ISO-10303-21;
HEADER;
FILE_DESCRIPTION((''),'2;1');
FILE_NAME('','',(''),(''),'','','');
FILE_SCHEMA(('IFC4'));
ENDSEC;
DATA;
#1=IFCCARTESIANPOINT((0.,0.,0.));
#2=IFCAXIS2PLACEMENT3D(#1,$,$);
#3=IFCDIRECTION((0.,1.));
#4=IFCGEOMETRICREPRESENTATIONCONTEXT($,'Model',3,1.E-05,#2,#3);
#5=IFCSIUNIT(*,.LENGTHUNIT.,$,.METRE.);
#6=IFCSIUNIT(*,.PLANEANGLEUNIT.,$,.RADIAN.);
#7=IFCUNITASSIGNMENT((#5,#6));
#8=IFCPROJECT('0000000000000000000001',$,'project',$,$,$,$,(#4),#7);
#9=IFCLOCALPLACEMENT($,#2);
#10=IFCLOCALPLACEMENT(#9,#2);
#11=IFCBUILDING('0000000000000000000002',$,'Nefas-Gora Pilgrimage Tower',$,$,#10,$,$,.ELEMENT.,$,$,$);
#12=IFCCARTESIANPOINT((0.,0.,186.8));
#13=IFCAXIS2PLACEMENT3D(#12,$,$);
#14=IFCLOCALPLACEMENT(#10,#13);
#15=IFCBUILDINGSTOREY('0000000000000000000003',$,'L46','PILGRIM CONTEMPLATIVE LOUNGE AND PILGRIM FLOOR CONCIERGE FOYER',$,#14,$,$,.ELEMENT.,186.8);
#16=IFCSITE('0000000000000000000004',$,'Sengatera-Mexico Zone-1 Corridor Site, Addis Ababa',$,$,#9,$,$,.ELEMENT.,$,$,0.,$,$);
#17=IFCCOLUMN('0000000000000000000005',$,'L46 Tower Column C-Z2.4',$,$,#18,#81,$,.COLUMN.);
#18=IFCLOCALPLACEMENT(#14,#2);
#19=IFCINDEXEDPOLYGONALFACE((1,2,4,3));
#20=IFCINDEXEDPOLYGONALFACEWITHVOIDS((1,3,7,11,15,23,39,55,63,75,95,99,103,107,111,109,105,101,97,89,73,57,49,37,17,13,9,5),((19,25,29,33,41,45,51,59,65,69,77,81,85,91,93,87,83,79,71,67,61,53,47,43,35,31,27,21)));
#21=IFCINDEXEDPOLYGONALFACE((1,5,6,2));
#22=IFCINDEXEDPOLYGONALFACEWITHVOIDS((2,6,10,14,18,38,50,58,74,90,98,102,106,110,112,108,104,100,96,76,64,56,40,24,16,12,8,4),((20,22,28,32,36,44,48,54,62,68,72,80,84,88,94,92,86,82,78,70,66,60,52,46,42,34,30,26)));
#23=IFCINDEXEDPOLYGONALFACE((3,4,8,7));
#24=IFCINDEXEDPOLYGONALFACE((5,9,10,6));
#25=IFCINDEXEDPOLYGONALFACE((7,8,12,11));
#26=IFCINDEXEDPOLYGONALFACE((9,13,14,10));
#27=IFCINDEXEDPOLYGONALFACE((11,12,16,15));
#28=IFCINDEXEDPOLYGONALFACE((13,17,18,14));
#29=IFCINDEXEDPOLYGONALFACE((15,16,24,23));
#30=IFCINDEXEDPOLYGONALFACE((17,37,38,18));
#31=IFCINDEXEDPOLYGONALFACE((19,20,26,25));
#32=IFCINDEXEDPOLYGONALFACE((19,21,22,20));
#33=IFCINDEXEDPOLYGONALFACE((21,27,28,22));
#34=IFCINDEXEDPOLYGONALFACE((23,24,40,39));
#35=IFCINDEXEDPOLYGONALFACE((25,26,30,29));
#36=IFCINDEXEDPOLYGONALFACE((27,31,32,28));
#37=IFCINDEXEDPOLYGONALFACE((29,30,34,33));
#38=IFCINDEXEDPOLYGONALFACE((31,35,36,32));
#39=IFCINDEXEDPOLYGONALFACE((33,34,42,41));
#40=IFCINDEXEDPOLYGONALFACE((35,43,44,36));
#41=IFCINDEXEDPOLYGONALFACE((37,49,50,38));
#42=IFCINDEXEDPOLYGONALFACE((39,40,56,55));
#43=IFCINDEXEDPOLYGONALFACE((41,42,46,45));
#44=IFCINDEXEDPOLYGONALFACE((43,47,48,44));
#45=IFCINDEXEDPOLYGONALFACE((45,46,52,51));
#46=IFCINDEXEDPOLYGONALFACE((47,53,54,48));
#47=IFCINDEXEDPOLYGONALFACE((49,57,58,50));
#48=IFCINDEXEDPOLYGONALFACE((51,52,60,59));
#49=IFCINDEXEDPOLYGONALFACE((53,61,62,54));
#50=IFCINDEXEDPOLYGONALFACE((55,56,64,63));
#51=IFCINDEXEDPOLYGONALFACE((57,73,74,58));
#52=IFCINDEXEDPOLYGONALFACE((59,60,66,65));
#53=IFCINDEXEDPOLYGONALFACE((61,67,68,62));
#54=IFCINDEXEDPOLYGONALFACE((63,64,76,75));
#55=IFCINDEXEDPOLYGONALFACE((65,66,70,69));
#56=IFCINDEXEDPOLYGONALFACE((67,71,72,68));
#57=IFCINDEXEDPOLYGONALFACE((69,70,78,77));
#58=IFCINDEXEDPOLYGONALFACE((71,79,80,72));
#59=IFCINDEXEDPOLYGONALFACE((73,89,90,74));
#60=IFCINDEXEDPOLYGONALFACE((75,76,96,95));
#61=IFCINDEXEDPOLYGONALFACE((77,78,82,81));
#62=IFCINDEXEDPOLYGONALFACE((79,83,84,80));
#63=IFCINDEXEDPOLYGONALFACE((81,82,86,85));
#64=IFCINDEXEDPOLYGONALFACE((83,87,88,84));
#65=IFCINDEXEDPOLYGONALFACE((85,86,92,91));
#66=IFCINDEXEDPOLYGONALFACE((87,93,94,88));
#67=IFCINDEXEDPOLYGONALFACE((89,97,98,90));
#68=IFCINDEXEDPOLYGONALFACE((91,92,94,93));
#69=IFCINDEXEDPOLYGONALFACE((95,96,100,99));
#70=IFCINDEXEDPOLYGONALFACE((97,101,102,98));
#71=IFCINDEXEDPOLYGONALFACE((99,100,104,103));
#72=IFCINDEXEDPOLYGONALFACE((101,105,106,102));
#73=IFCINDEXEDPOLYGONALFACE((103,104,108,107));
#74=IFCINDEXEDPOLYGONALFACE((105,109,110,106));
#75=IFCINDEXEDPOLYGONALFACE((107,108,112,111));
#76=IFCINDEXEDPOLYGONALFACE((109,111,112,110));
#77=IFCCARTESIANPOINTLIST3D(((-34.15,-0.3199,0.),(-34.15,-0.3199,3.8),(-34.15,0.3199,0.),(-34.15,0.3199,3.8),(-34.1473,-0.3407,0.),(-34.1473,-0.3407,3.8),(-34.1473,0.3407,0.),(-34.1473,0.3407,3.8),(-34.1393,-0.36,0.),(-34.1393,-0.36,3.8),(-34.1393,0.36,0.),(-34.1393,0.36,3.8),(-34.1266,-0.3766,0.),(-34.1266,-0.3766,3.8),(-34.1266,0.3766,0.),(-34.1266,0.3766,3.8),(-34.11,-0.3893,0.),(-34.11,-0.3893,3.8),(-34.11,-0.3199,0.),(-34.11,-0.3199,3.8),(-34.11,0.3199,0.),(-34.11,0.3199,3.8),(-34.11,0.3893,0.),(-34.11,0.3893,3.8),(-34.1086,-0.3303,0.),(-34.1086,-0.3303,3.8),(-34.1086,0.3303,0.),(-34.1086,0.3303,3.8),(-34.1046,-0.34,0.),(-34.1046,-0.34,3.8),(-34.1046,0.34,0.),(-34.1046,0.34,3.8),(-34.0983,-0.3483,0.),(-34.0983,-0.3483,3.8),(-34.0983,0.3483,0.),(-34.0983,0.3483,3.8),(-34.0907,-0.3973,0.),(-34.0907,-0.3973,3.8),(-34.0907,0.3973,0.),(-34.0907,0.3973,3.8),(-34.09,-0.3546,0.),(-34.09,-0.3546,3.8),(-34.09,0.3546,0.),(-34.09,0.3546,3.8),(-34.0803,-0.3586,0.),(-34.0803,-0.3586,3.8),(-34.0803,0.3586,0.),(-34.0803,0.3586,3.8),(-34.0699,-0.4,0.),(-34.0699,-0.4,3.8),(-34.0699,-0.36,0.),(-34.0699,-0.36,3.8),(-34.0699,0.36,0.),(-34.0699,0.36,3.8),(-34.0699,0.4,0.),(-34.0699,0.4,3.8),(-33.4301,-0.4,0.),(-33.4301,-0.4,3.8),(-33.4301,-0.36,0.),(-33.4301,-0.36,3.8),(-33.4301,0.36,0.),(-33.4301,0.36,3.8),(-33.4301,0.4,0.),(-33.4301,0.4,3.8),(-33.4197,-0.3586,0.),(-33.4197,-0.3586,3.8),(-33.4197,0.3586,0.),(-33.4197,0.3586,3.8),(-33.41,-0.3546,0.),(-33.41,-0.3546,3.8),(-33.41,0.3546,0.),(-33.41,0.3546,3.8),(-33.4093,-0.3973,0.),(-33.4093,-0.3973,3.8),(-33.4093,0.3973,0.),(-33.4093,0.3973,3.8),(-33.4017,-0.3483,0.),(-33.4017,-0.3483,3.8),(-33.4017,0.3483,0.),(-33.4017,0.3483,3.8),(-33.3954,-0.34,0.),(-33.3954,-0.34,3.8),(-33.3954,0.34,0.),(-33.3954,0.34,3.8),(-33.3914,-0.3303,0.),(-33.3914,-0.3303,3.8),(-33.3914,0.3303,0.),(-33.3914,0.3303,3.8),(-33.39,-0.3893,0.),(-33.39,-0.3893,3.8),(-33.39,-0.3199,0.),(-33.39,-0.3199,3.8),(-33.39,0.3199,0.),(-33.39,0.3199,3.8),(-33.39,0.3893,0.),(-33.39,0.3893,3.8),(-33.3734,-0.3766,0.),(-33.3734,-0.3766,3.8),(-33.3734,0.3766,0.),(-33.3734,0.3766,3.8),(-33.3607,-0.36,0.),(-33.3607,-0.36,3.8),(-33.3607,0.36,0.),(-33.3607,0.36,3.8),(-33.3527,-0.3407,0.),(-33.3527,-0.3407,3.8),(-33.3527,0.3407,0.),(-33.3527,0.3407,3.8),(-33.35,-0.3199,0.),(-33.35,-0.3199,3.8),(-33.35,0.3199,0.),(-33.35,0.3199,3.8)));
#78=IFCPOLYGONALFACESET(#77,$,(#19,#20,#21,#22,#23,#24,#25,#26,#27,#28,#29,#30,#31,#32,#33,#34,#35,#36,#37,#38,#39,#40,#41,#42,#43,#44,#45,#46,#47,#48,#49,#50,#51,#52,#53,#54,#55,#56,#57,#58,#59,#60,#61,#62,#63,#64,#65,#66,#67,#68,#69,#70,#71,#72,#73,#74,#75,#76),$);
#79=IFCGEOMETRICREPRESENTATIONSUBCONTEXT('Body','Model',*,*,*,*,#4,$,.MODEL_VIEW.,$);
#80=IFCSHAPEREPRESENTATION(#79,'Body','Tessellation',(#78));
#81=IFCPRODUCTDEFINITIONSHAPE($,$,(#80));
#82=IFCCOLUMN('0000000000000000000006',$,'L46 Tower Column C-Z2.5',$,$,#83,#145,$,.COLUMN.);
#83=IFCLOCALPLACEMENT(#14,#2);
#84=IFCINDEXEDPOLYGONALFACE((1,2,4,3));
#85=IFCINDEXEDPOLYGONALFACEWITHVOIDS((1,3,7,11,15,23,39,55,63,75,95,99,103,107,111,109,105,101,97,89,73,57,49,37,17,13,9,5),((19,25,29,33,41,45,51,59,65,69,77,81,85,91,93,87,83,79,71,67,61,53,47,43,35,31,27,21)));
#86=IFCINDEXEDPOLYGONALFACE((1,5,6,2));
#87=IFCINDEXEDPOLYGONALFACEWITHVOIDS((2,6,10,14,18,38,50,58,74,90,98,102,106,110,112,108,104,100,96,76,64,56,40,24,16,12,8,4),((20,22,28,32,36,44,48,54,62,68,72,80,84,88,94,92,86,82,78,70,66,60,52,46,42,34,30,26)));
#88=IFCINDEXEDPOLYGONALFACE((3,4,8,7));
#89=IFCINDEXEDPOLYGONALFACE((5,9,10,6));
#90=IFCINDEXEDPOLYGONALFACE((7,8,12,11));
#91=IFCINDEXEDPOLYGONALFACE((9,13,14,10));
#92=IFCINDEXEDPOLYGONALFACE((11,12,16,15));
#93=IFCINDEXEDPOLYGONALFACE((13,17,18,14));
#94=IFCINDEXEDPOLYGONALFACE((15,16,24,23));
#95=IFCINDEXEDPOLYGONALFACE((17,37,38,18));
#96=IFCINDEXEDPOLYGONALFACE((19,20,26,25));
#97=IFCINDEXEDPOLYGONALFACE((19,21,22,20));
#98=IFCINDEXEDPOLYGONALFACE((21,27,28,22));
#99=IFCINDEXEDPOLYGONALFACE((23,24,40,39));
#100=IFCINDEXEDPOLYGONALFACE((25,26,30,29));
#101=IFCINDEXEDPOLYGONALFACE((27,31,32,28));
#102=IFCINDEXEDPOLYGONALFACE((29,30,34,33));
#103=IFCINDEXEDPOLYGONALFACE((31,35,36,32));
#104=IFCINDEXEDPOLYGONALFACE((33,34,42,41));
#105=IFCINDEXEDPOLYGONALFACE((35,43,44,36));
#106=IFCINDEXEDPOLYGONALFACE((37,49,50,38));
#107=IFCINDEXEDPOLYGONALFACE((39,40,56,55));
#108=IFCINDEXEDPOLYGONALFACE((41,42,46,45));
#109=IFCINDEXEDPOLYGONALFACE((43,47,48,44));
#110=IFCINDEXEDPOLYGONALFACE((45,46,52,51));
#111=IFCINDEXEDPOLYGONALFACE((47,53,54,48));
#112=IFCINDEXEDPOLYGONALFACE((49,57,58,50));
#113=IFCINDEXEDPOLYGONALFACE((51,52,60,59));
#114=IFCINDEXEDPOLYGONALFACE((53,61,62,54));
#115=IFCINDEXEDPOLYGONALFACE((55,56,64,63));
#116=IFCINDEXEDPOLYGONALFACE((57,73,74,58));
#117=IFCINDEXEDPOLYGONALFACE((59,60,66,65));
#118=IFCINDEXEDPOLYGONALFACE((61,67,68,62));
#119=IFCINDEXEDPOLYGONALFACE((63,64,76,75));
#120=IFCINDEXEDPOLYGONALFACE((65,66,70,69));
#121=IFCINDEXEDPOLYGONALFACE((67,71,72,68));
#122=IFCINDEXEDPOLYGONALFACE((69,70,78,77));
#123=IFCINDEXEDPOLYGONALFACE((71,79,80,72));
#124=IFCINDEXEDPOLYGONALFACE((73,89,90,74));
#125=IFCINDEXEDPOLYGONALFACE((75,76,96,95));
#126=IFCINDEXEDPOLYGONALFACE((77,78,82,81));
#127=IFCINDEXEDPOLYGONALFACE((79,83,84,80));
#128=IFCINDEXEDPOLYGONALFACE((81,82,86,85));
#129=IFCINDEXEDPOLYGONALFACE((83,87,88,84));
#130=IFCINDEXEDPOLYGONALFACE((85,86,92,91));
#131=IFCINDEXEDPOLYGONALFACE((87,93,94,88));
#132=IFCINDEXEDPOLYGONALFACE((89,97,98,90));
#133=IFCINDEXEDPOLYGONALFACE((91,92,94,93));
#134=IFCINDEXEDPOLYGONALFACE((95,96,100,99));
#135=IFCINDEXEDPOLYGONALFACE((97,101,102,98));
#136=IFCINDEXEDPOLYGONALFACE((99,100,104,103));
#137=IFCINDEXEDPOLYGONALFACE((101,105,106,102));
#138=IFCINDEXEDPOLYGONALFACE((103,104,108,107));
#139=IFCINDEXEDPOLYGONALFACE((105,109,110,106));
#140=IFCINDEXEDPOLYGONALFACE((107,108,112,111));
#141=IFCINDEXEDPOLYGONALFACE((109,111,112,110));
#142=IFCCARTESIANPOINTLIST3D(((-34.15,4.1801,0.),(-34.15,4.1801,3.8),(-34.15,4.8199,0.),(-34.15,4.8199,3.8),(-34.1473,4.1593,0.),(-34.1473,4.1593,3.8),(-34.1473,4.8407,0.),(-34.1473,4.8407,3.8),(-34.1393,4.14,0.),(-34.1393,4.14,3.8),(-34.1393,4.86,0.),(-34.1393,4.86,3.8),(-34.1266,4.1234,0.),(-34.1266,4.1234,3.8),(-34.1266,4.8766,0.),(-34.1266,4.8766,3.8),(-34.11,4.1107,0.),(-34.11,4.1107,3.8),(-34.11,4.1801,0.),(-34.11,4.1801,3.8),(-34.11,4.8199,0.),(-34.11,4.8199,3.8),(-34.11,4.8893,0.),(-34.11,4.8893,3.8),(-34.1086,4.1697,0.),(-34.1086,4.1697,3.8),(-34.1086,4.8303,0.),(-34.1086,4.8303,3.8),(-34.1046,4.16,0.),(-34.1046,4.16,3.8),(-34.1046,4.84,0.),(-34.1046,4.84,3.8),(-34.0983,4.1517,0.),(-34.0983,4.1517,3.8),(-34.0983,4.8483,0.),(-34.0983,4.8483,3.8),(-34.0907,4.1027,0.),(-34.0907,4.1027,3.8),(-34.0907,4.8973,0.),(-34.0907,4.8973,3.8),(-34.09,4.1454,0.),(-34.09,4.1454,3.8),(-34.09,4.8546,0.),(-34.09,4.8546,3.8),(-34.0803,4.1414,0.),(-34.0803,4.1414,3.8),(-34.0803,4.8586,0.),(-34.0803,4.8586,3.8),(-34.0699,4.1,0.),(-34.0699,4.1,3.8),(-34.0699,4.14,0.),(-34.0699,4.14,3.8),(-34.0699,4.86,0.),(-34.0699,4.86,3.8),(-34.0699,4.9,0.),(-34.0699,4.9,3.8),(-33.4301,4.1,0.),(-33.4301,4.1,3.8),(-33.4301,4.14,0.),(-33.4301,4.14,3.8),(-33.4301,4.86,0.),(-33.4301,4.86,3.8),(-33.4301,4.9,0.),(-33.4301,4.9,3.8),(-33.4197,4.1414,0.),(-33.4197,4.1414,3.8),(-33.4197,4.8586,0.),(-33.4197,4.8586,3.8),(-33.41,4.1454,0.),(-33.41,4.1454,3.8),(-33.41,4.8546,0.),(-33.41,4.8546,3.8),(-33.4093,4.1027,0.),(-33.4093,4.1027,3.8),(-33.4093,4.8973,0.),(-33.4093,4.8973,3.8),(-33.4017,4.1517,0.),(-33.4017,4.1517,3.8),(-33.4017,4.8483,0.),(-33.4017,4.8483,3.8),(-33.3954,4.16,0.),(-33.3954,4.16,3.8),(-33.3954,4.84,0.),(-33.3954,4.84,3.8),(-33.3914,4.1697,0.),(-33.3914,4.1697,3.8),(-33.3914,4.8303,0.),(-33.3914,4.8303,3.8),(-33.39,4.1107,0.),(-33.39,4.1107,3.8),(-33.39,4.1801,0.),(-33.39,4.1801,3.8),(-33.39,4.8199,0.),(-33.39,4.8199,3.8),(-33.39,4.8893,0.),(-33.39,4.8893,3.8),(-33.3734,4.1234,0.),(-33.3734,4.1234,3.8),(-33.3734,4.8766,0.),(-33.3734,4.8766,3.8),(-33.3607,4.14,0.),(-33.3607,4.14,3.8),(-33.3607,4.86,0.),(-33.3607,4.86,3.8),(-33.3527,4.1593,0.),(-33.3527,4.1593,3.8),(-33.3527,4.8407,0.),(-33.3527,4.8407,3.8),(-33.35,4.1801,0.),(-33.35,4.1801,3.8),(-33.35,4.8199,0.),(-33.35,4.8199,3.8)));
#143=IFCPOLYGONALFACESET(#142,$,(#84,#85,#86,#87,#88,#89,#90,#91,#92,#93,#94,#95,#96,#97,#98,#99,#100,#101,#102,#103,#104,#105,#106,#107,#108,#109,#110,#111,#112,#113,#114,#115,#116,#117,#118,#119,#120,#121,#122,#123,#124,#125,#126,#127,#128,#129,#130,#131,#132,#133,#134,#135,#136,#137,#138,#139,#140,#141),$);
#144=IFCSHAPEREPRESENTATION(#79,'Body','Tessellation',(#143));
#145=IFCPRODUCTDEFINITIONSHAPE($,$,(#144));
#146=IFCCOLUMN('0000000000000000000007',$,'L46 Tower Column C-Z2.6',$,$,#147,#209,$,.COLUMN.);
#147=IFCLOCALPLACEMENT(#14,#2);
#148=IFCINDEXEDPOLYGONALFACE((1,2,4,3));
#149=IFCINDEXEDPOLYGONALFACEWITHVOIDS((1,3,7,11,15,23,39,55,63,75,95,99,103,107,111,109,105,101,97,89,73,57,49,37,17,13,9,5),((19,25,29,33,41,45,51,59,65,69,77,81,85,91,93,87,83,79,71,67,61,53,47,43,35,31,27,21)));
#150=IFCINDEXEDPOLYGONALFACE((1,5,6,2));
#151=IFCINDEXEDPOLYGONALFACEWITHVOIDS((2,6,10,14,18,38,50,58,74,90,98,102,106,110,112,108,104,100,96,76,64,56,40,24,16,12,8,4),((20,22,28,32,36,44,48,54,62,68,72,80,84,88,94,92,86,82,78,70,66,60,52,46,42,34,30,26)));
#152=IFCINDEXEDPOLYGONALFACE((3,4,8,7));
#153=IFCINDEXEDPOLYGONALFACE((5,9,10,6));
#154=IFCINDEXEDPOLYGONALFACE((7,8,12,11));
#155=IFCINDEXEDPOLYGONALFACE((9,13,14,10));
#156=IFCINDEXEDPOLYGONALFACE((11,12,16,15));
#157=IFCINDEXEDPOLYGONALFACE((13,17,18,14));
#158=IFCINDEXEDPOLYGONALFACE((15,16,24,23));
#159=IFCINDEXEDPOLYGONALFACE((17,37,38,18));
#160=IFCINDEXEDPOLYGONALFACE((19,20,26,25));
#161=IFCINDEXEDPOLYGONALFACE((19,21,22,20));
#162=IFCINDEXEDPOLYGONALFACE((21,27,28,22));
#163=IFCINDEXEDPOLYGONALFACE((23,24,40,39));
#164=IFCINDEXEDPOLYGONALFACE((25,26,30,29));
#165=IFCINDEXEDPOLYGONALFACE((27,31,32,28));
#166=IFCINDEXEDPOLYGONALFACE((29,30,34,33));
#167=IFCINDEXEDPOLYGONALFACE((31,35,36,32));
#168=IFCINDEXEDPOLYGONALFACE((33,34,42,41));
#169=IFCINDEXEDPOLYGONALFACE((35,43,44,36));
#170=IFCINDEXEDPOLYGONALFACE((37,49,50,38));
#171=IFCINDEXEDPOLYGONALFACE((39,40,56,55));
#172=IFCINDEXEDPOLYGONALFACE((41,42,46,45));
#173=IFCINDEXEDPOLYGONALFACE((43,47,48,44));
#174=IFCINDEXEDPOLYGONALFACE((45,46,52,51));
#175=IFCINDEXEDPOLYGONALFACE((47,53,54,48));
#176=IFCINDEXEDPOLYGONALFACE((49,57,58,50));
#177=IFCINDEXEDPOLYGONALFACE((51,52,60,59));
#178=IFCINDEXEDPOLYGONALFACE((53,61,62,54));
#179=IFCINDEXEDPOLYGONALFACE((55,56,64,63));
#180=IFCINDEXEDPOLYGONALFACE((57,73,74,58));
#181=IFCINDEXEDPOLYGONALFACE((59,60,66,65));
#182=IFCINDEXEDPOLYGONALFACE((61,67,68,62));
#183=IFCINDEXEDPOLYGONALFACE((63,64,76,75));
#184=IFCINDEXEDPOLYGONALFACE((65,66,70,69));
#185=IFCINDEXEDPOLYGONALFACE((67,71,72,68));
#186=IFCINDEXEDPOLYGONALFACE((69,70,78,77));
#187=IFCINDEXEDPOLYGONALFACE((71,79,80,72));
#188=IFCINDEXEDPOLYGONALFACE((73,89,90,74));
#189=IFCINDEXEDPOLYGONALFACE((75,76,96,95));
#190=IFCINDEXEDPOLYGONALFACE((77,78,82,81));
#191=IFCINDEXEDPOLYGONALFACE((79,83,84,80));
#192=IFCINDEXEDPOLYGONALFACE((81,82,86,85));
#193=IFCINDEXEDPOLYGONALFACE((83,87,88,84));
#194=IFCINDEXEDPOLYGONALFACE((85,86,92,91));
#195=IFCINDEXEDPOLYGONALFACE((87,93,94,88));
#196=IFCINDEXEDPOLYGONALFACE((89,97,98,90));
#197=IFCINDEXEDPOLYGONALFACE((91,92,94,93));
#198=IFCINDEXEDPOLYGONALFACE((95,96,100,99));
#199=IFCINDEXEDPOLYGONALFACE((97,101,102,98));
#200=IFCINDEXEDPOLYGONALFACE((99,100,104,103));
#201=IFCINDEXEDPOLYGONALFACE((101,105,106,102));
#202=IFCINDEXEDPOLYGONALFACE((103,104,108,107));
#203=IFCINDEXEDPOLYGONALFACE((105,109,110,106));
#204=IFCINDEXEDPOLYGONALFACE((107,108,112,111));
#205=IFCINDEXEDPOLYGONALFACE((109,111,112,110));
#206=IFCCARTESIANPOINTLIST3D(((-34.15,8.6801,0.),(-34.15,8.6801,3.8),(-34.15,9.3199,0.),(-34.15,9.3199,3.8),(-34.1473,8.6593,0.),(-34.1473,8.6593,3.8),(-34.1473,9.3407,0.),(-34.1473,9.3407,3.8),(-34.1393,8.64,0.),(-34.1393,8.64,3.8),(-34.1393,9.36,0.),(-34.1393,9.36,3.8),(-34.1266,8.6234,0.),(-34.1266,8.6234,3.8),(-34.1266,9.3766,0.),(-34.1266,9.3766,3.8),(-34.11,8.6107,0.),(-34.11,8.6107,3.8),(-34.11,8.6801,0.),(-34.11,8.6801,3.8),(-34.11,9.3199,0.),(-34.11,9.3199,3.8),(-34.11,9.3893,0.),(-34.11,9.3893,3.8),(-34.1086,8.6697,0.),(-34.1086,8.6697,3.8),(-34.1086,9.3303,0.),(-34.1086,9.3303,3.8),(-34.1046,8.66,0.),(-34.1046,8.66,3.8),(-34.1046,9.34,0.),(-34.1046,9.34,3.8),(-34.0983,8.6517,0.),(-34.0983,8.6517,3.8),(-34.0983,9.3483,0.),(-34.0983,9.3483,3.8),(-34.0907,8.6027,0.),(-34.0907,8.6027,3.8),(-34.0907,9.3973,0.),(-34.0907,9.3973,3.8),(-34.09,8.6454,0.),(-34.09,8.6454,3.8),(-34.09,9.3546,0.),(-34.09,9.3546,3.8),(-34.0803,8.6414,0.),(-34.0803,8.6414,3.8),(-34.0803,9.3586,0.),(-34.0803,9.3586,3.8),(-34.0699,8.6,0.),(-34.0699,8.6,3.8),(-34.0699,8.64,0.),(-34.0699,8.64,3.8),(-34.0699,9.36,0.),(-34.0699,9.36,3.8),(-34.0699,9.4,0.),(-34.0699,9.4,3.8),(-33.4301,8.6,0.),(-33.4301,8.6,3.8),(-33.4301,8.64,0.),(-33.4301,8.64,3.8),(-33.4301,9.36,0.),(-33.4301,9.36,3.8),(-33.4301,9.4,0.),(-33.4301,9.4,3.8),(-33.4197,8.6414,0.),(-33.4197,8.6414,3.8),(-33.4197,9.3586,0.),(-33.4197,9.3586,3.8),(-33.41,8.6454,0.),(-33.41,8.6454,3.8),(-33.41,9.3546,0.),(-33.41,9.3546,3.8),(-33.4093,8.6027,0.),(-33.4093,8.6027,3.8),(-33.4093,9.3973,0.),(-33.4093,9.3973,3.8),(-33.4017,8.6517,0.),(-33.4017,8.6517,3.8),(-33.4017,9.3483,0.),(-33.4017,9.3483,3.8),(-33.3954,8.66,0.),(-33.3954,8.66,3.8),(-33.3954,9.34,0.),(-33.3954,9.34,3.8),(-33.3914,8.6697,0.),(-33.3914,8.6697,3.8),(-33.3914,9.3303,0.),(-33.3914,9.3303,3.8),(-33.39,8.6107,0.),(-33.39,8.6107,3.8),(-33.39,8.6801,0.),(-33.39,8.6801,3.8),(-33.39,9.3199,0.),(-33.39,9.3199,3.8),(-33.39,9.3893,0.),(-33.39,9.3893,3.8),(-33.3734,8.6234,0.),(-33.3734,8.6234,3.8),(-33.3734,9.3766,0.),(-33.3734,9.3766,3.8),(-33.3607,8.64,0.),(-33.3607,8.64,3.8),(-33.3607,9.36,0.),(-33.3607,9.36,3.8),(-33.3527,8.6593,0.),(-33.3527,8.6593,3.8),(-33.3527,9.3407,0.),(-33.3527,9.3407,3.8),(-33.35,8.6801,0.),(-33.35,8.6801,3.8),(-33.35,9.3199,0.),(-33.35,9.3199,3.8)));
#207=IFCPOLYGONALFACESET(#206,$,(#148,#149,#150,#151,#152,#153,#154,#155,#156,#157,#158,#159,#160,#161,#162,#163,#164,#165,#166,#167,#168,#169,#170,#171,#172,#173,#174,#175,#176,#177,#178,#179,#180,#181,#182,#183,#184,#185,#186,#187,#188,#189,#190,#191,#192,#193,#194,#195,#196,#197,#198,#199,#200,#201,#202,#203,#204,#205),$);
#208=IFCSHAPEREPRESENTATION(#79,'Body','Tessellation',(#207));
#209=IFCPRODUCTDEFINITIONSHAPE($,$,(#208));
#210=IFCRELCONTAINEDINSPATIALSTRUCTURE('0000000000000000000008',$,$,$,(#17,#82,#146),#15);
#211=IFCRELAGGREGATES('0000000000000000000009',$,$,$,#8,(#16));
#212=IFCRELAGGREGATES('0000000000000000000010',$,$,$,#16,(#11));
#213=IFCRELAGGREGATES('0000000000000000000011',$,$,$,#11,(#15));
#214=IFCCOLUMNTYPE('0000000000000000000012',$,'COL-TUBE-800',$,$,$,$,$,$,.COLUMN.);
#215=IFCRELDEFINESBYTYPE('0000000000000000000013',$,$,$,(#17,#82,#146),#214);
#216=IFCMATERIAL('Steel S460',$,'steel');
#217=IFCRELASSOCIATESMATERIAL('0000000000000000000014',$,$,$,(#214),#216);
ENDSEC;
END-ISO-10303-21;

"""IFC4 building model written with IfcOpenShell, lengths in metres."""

from ifc_helpers import new_model, si_unit, direction, frame, origin, origin_2d, place, context, subcontext, project, spatial, hollow_rectangle, extrude, source, transform, mapped, material, material_profile, profile_set, type_object, element, save


model = new_model("IFC4")

# Units and contexts
model_context = context("Model", 3, precision=1e-05, world=origin(), true_north=direction((0.0, 1.0)))
body_context = subcontext(model_context, "Body", "Model", "MODEL_VIEW")
ifc_project = project(units=[si_unit("LENGTHUNIT", "METRE"), si_unit("PLANEANGLEUNIT", "RADIAN")], contexts=[model_context])

# Site, building, storey
site_placement = place(None, origin())
site = spatial("IfcSite", under=ifc_project, at=site_placement, Name="Sengatera-Mexico Zone-1 Corridor Site, Addis Ababa", CompositionType="ELEMENT", RefElevation=0.0)
building_placement = place(site_placement, origin())
building = spatial("IfcBuilding", under=site, at=building_placement, Name="Nefas-Gora Pilgrimage Tower", CompositionType="ELEMENT")
storey_placement = place(building_placement, frame((0.0, 0.0, 186.8)))
storey = spatial("IfcBuildingStorey", under=building, at=storey_placement, Name="L46", Description="PILGRIM CONTEMPLATIVE LOUNGE AND PILGRIM FLOOR CONCIERGE FOYER", CompositionType="ELEMENT", Elevation=186.8)

# Columns
ifc_material_1 = material(Name="Steel S460", Category="steel")
ifc_material_profile_1 = material_profile(ifc_material_1, hollow_rectangle(XDim=0.8, YDim=0.8, WallThickness=0.04, InnerFilletRadius=0.04, OuterFilletRadius=0.0801, at=origin_2d()), Name="BOX 800x800x40")
ifc_profile_set_1 = profile_set([ifc_material_profile_1], Name="Steel S460")
column_type_1 = type_object("IfcColumnType", Name="COL-TUBE-800", PredefinedType="COLUMN", material=ifc_profile_set_1)
shared_shape_1 = source(origin(), body_context, "Body", "SweptSolid", [
    extrude(hollow_rectangle(XDim=0.8, YDim=0.8, WallThickness=0.04, InnerFilletRadius=0.04, OuterFilletRadius=0.0801, at=origin_2d()), origin(), (0.0, 0.0, 1.0), 3.8),
])
for number, where, z_axis, x_axis, name in (
    (1, (-33.75, 0.0, 0.0), (0.0, 0.0, 1.0), (1.0, 0.0, 0.0), "L46 Tower Column C-Z2.4"),
    (2, (-33.75, 4.5, 0.0), (0.0, 0.0, 1.0), (1.0, 0.0, 0.0), "L46 Tower Column C-Z2.5"),
    (3, (-33.75, 9.0, 0.0), (0.0, 0.0, 1.0), (1.0, 0.0, 0.0), "L46 Tower Column C-Z2.6"),
):
    element("IfcColumn", number, at=place(storey_placement, frame(where, z_axis=z_axis, x_axis=x_axis)), inside=storey, type_object=column_type_1, Name=name, PredefinedType="COLUMN", context=body_context, shape_type="MappedRepresentation", body=[
        mapped(shared_shape_1, transform((0.0, 0.0, 0.0), x_axis=(1.0, 0.0, 0.0), y_axis=(0.0, 1.0, 0.0), z_axis=(0.0, 0.0, 1.0), scale=1.0)),
    ])

save(model, "model.ifc")
